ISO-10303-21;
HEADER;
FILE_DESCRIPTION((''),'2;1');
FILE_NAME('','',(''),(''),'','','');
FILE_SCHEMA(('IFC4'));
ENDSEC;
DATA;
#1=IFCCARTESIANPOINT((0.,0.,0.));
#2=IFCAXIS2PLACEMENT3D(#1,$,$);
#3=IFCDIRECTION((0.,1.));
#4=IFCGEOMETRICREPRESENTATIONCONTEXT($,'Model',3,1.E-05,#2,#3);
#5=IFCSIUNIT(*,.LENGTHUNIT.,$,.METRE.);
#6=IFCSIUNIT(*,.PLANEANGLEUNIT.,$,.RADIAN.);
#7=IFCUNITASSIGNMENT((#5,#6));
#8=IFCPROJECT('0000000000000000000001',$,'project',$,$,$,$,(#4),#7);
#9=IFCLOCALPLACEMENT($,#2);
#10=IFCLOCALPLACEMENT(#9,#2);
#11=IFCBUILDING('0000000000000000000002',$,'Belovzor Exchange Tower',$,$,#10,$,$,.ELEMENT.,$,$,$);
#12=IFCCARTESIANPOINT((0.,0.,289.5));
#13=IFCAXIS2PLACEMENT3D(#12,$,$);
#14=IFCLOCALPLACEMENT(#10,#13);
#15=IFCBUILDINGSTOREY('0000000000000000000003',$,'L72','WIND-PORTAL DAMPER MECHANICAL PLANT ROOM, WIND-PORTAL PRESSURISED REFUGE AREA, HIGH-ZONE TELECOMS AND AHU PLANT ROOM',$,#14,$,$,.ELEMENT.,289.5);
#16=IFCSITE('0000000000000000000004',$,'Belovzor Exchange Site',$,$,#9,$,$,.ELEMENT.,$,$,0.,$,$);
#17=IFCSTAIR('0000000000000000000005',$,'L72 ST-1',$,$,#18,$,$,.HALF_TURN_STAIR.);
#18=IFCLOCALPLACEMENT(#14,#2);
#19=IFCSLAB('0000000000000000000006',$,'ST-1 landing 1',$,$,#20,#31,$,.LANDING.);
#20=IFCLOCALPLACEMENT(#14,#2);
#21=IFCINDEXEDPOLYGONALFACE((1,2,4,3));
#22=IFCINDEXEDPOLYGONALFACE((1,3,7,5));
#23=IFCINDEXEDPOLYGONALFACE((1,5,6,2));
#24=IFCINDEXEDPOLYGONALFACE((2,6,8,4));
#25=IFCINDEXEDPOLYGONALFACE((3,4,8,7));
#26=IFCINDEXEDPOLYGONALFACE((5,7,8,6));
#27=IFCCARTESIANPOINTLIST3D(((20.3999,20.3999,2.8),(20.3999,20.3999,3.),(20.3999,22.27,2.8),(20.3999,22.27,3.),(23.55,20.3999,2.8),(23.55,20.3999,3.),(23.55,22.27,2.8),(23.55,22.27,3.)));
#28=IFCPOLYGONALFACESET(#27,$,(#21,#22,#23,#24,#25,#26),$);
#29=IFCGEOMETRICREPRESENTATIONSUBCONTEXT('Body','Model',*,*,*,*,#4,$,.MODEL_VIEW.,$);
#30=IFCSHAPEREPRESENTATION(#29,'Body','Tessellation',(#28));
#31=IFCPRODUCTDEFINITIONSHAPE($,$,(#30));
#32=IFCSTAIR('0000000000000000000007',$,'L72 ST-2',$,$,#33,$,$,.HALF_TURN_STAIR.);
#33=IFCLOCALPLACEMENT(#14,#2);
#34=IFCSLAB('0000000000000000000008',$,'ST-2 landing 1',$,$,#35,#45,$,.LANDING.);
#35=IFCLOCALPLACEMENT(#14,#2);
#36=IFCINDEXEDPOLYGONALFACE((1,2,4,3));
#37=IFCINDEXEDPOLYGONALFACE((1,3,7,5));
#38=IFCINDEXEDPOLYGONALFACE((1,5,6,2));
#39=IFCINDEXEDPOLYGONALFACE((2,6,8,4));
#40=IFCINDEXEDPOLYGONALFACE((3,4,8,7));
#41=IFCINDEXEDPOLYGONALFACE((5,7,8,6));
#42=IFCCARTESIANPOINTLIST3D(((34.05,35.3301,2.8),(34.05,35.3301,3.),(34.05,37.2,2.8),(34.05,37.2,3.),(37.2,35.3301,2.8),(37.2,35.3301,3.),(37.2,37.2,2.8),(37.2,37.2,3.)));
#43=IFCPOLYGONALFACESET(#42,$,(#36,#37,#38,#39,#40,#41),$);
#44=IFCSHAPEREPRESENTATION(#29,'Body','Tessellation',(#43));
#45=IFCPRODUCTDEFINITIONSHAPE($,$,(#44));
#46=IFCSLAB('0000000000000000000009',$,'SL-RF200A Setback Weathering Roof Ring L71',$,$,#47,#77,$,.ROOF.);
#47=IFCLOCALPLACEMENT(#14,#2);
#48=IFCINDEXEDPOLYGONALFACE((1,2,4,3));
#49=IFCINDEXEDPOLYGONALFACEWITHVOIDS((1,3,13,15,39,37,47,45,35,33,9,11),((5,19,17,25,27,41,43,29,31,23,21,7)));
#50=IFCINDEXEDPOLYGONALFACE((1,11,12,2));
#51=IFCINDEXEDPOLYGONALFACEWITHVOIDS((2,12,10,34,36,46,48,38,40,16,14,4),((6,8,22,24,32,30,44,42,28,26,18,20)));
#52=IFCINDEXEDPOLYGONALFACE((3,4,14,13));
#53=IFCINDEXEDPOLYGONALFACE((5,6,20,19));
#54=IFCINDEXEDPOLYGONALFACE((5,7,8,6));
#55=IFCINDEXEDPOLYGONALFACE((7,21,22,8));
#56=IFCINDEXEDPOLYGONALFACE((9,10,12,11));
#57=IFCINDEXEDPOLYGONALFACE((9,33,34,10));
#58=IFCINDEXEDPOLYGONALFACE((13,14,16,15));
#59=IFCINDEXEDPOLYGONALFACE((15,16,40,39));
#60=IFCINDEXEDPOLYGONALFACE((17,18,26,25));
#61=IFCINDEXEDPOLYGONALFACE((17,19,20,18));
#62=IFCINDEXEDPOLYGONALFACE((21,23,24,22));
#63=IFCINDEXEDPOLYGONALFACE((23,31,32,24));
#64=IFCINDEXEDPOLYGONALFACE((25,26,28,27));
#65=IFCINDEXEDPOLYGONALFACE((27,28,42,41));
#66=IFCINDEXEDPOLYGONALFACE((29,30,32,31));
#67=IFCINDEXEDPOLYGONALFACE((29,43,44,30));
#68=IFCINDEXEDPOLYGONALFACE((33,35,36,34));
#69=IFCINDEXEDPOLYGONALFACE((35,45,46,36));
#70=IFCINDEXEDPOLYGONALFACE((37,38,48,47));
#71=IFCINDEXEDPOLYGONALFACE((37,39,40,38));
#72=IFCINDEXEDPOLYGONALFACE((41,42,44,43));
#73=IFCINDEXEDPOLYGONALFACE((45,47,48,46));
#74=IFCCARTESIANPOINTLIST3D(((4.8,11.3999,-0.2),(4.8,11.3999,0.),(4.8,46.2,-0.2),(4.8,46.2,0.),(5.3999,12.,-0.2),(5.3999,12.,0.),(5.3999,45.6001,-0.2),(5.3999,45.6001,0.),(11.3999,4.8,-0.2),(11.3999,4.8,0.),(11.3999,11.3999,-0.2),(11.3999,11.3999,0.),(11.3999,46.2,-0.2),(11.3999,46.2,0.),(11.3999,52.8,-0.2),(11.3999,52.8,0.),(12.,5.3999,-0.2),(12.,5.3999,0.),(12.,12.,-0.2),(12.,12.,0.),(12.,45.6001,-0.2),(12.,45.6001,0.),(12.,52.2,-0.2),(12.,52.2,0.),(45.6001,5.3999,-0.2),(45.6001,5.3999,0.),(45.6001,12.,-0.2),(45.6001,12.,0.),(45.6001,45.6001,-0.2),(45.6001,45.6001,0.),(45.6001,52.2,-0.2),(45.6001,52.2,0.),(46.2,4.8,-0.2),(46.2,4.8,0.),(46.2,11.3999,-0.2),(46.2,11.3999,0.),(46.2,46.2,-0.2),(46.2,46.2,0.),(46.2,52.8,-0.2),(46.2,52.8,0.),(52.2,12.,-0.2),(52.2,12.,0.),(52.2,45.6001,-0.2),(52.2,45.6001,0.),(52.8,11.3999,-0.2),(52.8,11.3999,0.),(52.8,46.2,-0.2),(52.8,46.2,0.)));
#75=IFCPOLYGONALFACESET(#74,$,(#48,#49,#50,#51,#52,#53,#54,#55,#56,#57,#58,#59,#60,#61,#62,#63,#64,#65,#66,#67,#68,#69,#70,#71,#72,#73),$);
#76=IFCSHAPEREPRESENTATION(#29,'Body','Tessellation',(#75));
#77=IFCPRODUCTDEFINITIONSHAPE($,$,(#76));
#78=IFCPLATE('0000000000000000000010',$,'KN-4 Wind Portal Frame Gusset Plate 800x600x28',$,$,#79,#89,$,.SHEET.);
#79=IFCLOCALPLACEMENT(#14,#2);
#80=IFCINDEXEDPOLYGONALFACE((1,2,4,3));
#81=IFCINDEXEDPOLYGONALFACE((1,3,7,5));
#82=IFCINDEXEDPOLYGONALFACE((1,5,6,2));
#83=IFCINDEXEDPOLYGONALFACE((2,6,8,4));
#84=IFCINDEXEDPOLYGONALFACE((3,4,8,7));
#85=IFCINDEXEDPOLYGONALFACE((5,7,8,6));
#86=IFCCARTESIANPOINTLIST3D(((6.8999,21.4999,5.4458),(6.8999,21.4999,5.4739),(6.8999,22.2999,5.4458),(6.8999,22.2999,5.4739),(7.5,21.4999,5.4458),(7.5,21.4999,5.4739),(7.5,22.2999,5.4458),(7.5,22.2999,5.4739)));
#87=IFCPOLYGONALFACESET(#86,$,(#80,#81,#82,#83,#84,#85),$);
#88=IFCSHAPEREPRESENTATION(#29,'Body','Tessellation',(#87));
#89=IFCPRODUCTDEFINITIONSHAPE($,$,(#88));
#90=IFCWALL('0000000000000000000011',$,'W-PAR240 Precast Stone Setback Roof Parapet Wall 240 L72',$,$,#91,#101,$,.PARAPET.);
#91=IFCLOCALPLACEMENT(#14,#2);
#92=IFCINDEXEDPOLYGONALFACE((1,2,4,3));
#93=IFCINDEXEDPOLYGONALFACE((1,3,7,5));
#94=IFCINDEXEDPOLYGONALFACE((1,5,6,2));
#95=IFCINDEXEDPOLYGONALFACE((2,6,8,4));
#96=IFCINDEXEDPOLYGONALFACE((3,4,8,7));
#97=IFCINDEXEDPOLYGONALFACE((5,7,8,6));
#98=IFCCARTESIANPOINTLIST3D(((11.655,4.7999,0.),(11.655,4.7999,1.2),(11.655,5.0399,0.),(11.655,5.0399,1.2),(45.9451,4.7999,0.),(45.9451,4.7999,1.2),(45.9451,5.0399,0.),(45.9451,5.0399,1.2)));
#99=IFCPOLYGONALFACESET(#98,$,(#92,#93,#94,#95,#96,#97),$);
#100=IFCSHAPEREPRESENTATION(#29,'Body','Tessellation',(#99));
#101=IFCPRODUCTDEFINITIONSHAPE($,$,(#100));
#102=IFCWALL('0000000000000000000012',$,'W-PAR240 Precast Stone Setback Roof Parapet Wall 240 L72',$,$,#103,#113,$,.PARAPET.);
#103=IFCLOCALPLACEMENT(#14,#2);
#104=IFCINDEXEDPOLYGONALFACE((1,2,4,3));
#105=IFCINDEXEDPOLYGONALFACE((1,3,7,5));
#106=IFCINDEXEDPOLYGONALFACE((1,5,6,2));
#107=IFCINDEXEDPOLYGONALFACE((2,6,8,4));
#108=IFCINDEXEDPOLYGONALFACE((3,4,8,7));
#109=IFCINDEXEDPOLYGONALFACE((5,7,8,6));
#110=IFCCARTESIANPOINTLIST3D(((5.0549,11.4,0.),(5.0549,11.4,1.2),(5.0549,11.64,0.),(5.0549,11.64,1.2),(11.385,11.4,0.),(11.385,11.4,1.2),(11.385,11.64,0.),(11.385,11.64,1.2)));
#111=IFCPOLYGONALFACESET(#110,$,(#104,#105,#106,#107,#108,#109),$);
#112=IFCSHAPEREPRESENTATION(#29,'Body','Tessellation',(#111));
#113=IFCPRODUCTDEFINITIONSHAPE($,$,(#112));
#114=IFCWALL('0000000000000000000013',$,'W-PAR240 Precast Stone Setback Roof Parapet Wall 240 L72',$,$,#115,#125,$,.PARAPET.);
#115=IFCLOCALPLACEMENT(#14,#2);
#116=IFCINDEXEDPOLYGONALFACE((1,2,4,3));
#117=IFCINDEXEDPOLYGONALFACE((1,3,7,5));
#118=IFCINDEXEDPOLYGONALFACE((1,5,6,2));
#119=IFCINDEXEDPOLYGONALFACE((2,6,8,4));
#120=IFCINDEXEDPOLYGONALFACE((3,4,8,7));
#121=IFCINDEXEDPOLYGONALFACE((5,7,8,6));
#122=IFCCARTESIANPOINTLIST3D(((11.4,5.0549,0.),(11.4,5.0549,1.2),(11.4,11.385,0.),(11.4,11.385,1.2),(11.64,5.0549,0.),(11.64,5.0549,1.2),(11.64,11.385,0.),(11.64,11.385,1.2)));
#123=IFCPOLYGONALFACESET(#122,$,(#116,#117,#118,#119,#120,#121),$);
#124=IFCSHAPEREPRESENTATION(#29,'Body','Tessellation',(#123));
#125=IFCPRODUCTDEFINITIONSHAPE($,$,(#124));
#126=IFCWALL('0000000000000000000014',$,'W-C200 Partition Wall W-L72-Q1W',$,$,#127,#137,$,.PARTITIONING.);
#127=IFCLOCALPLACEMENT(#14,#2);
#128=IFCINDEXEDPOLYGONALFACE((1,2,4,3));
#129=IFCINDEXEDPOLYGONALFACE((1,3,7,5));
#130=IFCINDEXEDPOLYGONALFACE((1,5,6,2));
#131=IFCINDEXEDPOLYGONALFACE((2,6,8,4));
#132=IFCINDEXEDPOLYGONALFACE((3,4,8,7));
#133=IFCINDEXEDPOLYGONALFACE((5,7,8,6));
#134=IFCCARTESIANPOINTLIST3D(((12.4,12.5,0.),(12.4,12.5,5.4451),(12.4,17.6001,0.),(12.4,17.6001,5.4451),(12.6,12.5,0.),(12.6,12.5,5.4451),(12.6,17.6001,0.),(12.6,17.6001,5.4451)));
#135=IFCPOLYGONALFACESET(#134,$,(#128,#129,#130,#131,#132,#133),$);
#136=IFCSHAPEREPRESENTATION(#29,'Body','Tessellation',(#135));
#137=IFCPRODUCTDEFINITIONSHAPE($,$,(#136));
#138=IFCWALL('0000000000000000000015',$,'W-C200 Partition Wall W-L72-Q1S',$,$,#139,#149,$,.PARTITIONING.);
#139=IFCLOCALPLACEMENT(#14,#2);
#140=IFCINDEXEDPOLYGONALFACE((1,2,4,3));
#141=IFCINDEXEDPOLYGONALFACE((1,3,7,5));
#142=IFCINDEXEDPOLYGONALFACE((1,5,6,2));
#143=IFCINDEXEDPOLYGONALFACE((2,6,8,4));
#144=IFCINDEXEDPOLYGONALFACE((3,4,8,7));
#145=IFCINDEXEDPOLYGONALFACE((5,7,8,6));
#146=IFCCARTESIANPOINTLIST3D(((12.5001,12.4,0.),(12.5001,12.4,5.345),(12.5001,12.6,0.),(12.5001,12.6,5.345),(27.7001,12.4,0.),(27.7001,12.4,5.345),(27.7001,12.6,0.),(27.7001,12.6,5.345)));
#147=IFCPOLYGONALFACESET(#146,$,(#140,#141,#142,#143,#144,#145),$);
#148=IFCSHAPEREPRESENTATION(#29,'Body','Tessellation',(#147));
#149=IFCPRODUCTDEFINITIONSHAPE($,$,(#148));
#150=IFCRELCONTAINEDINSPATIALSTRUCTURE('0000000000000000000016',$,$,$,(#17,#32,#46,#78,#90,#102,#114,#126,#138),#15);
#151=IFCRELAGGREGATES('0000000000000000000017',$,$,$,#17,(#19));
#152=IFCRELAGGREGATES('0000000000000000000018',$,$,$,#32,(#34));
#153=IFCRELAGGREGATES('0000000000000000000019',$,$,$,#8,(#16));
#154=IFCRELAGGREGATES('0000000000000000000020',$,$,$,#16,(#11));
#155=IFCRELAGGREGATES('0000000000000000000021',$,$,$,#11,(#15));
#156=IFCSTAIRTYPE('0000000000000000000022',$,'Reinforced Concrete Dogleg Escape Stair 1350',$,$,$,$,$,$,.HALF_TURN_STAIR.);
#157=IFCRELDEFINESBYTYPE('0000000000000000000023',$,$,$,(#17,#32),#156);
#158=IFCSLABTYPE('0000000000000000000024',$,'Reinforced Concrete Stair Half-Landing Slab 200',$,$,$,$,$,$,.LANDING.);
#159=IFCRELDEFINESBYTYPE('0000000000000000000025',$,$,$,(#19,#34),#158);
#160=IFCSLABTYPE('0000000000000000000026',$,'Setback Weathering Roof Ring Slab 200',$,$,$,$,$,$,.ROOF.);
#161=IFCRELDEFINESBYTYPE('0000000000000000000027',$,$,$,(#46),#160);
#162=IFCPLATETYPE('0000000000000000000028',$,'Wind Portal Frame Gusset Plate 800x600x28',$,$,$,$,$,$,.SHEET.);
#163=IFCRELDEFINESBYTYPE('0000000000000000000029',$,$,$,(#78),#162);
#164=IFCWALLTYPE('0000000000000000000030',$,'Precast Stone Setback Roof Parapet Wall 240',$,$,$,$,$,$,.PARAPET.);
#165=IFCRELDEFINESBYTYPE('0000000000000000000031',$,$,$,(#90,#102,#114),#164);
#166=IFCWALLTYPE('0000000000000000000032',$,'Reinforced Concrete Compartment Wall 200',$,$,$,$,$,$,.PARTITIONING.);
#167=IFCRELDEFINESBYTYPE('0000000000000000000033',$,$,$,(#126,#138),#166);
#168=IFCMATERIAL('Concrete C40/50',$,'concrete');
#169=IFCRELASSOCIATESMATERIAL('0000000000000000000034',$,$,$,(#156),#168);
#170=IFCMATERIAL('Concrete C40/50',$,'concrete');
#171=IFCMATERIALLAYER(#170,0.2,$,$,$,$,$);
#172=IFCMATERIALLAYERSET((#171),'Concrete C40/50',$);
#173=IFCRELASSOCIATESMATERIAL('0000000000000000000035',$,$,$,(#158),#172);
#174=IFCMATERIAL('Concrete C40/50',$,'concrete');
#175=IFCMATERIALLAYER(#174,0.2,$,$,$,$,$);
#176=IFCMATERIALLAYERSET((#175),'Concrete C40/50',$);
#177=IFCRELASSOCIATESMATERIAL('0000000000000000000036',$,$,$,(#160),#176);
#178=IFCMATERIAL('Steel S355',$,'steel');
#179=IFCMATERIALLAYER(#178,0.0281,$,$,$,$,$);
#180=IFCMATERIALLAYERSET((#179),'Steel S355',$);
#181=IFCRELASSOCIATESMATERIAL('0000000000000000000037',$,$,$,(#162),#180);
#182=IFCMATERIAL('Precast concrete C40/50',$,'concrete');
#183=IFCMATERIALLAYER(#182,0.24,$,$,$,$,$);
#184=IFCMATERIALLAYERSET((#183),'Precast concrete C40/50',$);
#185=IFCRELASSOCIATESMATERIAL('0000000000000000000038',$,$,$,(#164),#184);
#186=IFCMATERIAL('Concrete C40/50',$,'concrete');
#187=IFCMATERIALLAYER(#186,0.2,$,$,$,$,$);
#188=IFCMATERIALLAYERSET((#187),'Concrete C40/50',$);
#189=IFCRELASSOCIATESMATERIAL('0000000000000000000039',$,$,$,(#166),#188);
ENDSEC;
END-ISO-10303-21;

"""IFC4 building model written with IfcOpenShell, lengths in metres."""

from ifc_helpers import new_model, si_unit, direction, frame, frame_2d, origin, origin_2d, place, context, subcontext, project, spatial, polyline, rectangle, outline, extrude, material, layer, layer_set, type_object, element, aggregate, save


model = new_model("IFC4")

# Units and contexts
model_context = context("Model", 3, precision=1e-05, world=origin(), true_north=direction((0.0, 1.0)))
body_context = subcontext(model_context, "Body", "Model", "MODEL_VIEW")
ifc_project = project(units=[si_unit("LENGTHUNIT", "METRE"), si_unit("PLANEANGLEUNIT", "RADIAN")], contexts=[model_context])

# Site, building, storey
site_placement = place(None, origin())
site = spatial("IfcSite", under=ifc_project, at=site_placement, Name="Belovzor Exchange Site", CompositionType="ELEMENT", RefElevation=0.0)
building_placement = place(site_placement, origin())
building = spatial("IfcBuilding", under=site, at=building_placement, Name="Belovzor Exchange Tower", CompositionType="ELEMENT")
storey_placement = place(building_placement, frame((0.0, 0.0, 289.5)))
storey = spatial("IfcBuildingStorey", under=building, at=storey_placement, Name="L72", Description="WIND-PORTAL DAMPER MECHANICAL PLANT ROOM, WIND-PORTAL PRESSURISED REFUGE AREA, HIGH-ZONE TELECOMS AND AHU PLANT ROOM", CompositionType="ELEMENT", Elevation=289.5)

# Stairs, slabs
ifc_material_1 = material(Name="Concrete C40/50", Category="concrete")
stair_type = type_object("IfcStairType", Name="Reinforced Concrete Dogleg Escape Stair 1350", PredefinedType="HALF_TURN_STAIR", material=ifc_material_1)
stair_1_placement = place(storey_placement, origin())
stair_1 = element("IfcStair", 1, at=stair_1_placement, inside=storey, type_object=stair_type, Name="L72 ST-1", PredefinedType="HALF_TURN_STAIR")
ifc_material_2 = material(Name="Concrete C40/50", Category="concrete")
ifc_layer_1 = layer(ifc_material_2, 0.2)
ifc_layer_set_1 = layer_set([ifc_layer_1], Name="Concrete C40/50")
slab_type_1 = type_object("IfcSlabType", Name="Reinforced Concrete Stair Half-Landing Slab 200", PredefinedType="LANDING", material=ifc_layer_set_1)
slab_1_placement = place(storey_placement, frame((0.0, 0.0, 2.8)))
slab_1 = element("IfcSlab", 2, at=slab_1_placement, type_object=slab_type_1, Name="ST-1 landing 1", PredefinedType="LANDING", context=body_context, shape_type="SweptSolid", body=[
    extrude(outline(polyline([(20.3999, 22.27), (20.3999, 20.3999), (23.55, 20.3999), (23.55, 22.27), (20.3999, 22.27)])), origin(), (0.0, 0.0, 1.0), 0.2),
])
aggregate(stair_1, [slab_1])
stair_2_placement = place(storey_placement, origin())
stair_2 = element("IfcStair", 3, at=stair_2_placement, inside=storey, type_object=stair_type, Name="L72 ST-2", PredefinedType="HALF_TURN_STAIR")
slab_2_placement = place(storey_placement, frame((0.0, 0.0, 2.8)))
slab_2 = element("IfcSlab", 4, at=slab_2_placement, type_object=slab_type_1, Name="ST-2 landing 1", PredefinedType="LANDING", context=body_context, shape_type="SweptSolid", body=[
    extrude(outline(polyline([(37.2, 35.3301), (37.2, 37.2), (34.05, 37.2), (34.05, 35.3301), (37.2, 35.3301)])), origin(), (0.0, 0.0, 1.0), 0.2),
])
aggregate(stair_2, [slab_2])

# Slab
ifc_material_3 = material(Name="Concrete C40/50", Category="concrete")
ifc_layer_2 = layer(ifc_material_3, 0.2)
ifc_layer_set_2 = layer_set([ifc_layer_2], Name="Concrete C40/50")
slab_type_2 = type_object("IfcSlabType", Name="Setback Weathering Roof Ring Slab 200", PredefinedType="ROOF", material=ifc_layer_set_2)
slab_3_placement = place(storey_placement, frame((0.0, 0.0, -0.2)))
element("IfcSlab", 5, at=slab_3_placement, inside=storey, type_object=slab_type_2, Name="SL-RF200A Setback Weathering Roof Ring L71", PredefinedType="ROOF", context=body_context, shape_type="SweptSolid", body=[
    extrude(outline(polyline([(11.3999, 4.8), (46.2, 4.8), (46.2, 11.3999), (52.8, 11.3999), (52.8, 46.2), (46.2, 46.2), (46.2, 52.8), (11.3999, 52.8), (11.3999, 46.2), (4.8, 46.2), (4.8, 11.3999), (11.3999, 11.3999), (11.3999, 4.8)]), holes=[polyline([(12.0, 5.3999), (45.6001, 5.3999), (45.6001, 12.0), (52.2, 12.0), (52.2, 45.6001), (45.6001, 45.6001), (45.6001, 52.2), (12.0, 52.2), (12.0, 45.6001), (5.3999, 45.6001), (5.3999, 12.0), (12.0, 12.0), (12.0, 5.3999)])]), origin(), (0.0, 0.0, 1.0), 0.2),
])

# Plate
ifc_material_4 = material(Name="Steel S355", Category="steel")
ifc_layer_3 = layer(ifc_material_4, 0.0281)
ifc_layer_set_3 = layer_set([ifc_layer_3], Name="Steel S355")
plate_type_1 = type_object("IfcPlateType", Name="Wind Portal Frame Gusset Plate 800x600x28", PredefinedType="SHEET", material=ifc_layer_set_3)
plate_1_placement = place(storey_placement, frame((7.2, 21.8999, 5.4458), z_axis=(0.0, 0.0, 1.0), x_axis=(0.0, 1.0, 0.0)))
element("IfcPlate", 6, at=plate_1_placement, inside=storey, type_object=plate_type_1, Name="KN-4 Wind Portal Frame Gusset Plate 800x600x28", PredefinedType="SHEET", context=body_context, shape_type="SweptSolid", body=[
    extrude(rectangle(XDim=0.8, YDim=0.6001, at=origin_2d()), origin(), (0.0, 0.0, 1.0), 0.0281),
])

# Walls
ifc_material_5 = material(Name="Precast concrete C40/50", Category="concrete")
ifc_layer_4 = layer(ifc_material_5, 0.24)
ifc_layer_set_4 = layer_set([ifc_layer_4], Name="Precast concrete C40/50")
wall_type_1 = type_object("IfcWallType", Name="Precast Stone Setback Roof Parapet Wall 240", PredefinedType="PARAPET", material=ifc_layer_set_4)
wall_1_placement = place(storey_placement, frame((11.655, 4.9199, 0.0), z_axis=(0.0, 0.0, 1.0), x_axis=(1.0, 0.0, 0.0)))
element("IfcWall", 7, at=wall_1_placement, inside=storey, type_object=wall_type_1, Name="W-PAR240 Precast Stone Setback Roof Parapet Wall 240 L72", PredefinedType="PARAPET", context=body_context, shape_type="SweptSolid", body=[
    extrude(rectangle(XDim=34.29, YDim=0.24, at=frame_2d((17.145, 0.0))), origin(), (0.0, 0.0, 1.0), 1.2),
])
for number, where, z_axis, x_axis, name in (
    (8, (5.0549, 11.52, 0.0), (0.0, 0.0, 1.0), (1.0, 0.0, 0.0), "W-PAR240 Precast Stone Setback Roof Parapet Wall 240 L72"),
    (9, (11.52, 11.385, 0.0), (0.0, 0.0, 1.0), (0.0, -1.0, 0.0), "W-PAR240 Precast Stone Setback Roof Parapet Wall 240 L72"),
):
    element("IfcWall", number, at=place(storey_placement, frame(where, z_axis=z_axis, x_axis=x_axis)), inside=storey, type_object=wall_type_1, Name=name, PredefinedType="PARAPET", context=body_context, shape_type="SweptSolid", body=[
        extrude(rectangle(XDim=6.3301, YDim=0.24, at=frame_2d((3.165, 0.0))), origin(), (0.0, 0.0, 1.0), 1.2),
    ])
ifc_material_6 = material(Name="Concrete C40/50", Category="concrete")
ifc_layer_5 = layer(ifc_material_6, 0.2)
ifc_layer_set_5 = layer_set([ifc_layer_5], Name="Concrete C40/50")
wall_type_2 = type_object("IfcWallType", Name="Reinforced Concrete Compartment Wall 200", PredefinedType="PARTITIONING", material=ifc_layer_set_5)
wall_2_placement = place(storey_placement, frame((12.5, 12.5, 0.0), z_axis=(0.0, 0.0, 1.0), x_axis=(0.0, 1.0, 0.0)))
element("IfcWall", 10, at=wall_2_placement, inside=storey, type_object=wall_type_2, Name="W-C200 Partition Wall W-L72-Q1W", PredefinedType="PARTITIONING", context=body_context, shape_type="SweptSolid", body=[
    extrude(rectangle(XDim=5.1001, YDim=0.2, at=frame_2d((2.55, 0.0))), origin(), (0.0, 0.0, 1.0), 5.4451),
])
wall_3_placement = place(storey_placement, frame((12.5, 12.5, 0.0), z_axis=(0.0, 0.0, 1.0), x_axis=(1.0, 0.0, 0.0)))
element("IfcWall", 11, at=wall_3_placement, inside=storey, type_object=wall_type_2, Name="W-C200 Partition Wall W-L72-Q1S", PredefinedType="PARTITIONING", context=body_context, shape_type="SweptSolid", body=[
    extrude(rectangle(XDim=15.2, YDim=0.2, at=frame_2d((7.6001, 0.0))), origin(), (0.0, 0.0, 1.0), 5.345),
])

save(model, "model.ifc")
